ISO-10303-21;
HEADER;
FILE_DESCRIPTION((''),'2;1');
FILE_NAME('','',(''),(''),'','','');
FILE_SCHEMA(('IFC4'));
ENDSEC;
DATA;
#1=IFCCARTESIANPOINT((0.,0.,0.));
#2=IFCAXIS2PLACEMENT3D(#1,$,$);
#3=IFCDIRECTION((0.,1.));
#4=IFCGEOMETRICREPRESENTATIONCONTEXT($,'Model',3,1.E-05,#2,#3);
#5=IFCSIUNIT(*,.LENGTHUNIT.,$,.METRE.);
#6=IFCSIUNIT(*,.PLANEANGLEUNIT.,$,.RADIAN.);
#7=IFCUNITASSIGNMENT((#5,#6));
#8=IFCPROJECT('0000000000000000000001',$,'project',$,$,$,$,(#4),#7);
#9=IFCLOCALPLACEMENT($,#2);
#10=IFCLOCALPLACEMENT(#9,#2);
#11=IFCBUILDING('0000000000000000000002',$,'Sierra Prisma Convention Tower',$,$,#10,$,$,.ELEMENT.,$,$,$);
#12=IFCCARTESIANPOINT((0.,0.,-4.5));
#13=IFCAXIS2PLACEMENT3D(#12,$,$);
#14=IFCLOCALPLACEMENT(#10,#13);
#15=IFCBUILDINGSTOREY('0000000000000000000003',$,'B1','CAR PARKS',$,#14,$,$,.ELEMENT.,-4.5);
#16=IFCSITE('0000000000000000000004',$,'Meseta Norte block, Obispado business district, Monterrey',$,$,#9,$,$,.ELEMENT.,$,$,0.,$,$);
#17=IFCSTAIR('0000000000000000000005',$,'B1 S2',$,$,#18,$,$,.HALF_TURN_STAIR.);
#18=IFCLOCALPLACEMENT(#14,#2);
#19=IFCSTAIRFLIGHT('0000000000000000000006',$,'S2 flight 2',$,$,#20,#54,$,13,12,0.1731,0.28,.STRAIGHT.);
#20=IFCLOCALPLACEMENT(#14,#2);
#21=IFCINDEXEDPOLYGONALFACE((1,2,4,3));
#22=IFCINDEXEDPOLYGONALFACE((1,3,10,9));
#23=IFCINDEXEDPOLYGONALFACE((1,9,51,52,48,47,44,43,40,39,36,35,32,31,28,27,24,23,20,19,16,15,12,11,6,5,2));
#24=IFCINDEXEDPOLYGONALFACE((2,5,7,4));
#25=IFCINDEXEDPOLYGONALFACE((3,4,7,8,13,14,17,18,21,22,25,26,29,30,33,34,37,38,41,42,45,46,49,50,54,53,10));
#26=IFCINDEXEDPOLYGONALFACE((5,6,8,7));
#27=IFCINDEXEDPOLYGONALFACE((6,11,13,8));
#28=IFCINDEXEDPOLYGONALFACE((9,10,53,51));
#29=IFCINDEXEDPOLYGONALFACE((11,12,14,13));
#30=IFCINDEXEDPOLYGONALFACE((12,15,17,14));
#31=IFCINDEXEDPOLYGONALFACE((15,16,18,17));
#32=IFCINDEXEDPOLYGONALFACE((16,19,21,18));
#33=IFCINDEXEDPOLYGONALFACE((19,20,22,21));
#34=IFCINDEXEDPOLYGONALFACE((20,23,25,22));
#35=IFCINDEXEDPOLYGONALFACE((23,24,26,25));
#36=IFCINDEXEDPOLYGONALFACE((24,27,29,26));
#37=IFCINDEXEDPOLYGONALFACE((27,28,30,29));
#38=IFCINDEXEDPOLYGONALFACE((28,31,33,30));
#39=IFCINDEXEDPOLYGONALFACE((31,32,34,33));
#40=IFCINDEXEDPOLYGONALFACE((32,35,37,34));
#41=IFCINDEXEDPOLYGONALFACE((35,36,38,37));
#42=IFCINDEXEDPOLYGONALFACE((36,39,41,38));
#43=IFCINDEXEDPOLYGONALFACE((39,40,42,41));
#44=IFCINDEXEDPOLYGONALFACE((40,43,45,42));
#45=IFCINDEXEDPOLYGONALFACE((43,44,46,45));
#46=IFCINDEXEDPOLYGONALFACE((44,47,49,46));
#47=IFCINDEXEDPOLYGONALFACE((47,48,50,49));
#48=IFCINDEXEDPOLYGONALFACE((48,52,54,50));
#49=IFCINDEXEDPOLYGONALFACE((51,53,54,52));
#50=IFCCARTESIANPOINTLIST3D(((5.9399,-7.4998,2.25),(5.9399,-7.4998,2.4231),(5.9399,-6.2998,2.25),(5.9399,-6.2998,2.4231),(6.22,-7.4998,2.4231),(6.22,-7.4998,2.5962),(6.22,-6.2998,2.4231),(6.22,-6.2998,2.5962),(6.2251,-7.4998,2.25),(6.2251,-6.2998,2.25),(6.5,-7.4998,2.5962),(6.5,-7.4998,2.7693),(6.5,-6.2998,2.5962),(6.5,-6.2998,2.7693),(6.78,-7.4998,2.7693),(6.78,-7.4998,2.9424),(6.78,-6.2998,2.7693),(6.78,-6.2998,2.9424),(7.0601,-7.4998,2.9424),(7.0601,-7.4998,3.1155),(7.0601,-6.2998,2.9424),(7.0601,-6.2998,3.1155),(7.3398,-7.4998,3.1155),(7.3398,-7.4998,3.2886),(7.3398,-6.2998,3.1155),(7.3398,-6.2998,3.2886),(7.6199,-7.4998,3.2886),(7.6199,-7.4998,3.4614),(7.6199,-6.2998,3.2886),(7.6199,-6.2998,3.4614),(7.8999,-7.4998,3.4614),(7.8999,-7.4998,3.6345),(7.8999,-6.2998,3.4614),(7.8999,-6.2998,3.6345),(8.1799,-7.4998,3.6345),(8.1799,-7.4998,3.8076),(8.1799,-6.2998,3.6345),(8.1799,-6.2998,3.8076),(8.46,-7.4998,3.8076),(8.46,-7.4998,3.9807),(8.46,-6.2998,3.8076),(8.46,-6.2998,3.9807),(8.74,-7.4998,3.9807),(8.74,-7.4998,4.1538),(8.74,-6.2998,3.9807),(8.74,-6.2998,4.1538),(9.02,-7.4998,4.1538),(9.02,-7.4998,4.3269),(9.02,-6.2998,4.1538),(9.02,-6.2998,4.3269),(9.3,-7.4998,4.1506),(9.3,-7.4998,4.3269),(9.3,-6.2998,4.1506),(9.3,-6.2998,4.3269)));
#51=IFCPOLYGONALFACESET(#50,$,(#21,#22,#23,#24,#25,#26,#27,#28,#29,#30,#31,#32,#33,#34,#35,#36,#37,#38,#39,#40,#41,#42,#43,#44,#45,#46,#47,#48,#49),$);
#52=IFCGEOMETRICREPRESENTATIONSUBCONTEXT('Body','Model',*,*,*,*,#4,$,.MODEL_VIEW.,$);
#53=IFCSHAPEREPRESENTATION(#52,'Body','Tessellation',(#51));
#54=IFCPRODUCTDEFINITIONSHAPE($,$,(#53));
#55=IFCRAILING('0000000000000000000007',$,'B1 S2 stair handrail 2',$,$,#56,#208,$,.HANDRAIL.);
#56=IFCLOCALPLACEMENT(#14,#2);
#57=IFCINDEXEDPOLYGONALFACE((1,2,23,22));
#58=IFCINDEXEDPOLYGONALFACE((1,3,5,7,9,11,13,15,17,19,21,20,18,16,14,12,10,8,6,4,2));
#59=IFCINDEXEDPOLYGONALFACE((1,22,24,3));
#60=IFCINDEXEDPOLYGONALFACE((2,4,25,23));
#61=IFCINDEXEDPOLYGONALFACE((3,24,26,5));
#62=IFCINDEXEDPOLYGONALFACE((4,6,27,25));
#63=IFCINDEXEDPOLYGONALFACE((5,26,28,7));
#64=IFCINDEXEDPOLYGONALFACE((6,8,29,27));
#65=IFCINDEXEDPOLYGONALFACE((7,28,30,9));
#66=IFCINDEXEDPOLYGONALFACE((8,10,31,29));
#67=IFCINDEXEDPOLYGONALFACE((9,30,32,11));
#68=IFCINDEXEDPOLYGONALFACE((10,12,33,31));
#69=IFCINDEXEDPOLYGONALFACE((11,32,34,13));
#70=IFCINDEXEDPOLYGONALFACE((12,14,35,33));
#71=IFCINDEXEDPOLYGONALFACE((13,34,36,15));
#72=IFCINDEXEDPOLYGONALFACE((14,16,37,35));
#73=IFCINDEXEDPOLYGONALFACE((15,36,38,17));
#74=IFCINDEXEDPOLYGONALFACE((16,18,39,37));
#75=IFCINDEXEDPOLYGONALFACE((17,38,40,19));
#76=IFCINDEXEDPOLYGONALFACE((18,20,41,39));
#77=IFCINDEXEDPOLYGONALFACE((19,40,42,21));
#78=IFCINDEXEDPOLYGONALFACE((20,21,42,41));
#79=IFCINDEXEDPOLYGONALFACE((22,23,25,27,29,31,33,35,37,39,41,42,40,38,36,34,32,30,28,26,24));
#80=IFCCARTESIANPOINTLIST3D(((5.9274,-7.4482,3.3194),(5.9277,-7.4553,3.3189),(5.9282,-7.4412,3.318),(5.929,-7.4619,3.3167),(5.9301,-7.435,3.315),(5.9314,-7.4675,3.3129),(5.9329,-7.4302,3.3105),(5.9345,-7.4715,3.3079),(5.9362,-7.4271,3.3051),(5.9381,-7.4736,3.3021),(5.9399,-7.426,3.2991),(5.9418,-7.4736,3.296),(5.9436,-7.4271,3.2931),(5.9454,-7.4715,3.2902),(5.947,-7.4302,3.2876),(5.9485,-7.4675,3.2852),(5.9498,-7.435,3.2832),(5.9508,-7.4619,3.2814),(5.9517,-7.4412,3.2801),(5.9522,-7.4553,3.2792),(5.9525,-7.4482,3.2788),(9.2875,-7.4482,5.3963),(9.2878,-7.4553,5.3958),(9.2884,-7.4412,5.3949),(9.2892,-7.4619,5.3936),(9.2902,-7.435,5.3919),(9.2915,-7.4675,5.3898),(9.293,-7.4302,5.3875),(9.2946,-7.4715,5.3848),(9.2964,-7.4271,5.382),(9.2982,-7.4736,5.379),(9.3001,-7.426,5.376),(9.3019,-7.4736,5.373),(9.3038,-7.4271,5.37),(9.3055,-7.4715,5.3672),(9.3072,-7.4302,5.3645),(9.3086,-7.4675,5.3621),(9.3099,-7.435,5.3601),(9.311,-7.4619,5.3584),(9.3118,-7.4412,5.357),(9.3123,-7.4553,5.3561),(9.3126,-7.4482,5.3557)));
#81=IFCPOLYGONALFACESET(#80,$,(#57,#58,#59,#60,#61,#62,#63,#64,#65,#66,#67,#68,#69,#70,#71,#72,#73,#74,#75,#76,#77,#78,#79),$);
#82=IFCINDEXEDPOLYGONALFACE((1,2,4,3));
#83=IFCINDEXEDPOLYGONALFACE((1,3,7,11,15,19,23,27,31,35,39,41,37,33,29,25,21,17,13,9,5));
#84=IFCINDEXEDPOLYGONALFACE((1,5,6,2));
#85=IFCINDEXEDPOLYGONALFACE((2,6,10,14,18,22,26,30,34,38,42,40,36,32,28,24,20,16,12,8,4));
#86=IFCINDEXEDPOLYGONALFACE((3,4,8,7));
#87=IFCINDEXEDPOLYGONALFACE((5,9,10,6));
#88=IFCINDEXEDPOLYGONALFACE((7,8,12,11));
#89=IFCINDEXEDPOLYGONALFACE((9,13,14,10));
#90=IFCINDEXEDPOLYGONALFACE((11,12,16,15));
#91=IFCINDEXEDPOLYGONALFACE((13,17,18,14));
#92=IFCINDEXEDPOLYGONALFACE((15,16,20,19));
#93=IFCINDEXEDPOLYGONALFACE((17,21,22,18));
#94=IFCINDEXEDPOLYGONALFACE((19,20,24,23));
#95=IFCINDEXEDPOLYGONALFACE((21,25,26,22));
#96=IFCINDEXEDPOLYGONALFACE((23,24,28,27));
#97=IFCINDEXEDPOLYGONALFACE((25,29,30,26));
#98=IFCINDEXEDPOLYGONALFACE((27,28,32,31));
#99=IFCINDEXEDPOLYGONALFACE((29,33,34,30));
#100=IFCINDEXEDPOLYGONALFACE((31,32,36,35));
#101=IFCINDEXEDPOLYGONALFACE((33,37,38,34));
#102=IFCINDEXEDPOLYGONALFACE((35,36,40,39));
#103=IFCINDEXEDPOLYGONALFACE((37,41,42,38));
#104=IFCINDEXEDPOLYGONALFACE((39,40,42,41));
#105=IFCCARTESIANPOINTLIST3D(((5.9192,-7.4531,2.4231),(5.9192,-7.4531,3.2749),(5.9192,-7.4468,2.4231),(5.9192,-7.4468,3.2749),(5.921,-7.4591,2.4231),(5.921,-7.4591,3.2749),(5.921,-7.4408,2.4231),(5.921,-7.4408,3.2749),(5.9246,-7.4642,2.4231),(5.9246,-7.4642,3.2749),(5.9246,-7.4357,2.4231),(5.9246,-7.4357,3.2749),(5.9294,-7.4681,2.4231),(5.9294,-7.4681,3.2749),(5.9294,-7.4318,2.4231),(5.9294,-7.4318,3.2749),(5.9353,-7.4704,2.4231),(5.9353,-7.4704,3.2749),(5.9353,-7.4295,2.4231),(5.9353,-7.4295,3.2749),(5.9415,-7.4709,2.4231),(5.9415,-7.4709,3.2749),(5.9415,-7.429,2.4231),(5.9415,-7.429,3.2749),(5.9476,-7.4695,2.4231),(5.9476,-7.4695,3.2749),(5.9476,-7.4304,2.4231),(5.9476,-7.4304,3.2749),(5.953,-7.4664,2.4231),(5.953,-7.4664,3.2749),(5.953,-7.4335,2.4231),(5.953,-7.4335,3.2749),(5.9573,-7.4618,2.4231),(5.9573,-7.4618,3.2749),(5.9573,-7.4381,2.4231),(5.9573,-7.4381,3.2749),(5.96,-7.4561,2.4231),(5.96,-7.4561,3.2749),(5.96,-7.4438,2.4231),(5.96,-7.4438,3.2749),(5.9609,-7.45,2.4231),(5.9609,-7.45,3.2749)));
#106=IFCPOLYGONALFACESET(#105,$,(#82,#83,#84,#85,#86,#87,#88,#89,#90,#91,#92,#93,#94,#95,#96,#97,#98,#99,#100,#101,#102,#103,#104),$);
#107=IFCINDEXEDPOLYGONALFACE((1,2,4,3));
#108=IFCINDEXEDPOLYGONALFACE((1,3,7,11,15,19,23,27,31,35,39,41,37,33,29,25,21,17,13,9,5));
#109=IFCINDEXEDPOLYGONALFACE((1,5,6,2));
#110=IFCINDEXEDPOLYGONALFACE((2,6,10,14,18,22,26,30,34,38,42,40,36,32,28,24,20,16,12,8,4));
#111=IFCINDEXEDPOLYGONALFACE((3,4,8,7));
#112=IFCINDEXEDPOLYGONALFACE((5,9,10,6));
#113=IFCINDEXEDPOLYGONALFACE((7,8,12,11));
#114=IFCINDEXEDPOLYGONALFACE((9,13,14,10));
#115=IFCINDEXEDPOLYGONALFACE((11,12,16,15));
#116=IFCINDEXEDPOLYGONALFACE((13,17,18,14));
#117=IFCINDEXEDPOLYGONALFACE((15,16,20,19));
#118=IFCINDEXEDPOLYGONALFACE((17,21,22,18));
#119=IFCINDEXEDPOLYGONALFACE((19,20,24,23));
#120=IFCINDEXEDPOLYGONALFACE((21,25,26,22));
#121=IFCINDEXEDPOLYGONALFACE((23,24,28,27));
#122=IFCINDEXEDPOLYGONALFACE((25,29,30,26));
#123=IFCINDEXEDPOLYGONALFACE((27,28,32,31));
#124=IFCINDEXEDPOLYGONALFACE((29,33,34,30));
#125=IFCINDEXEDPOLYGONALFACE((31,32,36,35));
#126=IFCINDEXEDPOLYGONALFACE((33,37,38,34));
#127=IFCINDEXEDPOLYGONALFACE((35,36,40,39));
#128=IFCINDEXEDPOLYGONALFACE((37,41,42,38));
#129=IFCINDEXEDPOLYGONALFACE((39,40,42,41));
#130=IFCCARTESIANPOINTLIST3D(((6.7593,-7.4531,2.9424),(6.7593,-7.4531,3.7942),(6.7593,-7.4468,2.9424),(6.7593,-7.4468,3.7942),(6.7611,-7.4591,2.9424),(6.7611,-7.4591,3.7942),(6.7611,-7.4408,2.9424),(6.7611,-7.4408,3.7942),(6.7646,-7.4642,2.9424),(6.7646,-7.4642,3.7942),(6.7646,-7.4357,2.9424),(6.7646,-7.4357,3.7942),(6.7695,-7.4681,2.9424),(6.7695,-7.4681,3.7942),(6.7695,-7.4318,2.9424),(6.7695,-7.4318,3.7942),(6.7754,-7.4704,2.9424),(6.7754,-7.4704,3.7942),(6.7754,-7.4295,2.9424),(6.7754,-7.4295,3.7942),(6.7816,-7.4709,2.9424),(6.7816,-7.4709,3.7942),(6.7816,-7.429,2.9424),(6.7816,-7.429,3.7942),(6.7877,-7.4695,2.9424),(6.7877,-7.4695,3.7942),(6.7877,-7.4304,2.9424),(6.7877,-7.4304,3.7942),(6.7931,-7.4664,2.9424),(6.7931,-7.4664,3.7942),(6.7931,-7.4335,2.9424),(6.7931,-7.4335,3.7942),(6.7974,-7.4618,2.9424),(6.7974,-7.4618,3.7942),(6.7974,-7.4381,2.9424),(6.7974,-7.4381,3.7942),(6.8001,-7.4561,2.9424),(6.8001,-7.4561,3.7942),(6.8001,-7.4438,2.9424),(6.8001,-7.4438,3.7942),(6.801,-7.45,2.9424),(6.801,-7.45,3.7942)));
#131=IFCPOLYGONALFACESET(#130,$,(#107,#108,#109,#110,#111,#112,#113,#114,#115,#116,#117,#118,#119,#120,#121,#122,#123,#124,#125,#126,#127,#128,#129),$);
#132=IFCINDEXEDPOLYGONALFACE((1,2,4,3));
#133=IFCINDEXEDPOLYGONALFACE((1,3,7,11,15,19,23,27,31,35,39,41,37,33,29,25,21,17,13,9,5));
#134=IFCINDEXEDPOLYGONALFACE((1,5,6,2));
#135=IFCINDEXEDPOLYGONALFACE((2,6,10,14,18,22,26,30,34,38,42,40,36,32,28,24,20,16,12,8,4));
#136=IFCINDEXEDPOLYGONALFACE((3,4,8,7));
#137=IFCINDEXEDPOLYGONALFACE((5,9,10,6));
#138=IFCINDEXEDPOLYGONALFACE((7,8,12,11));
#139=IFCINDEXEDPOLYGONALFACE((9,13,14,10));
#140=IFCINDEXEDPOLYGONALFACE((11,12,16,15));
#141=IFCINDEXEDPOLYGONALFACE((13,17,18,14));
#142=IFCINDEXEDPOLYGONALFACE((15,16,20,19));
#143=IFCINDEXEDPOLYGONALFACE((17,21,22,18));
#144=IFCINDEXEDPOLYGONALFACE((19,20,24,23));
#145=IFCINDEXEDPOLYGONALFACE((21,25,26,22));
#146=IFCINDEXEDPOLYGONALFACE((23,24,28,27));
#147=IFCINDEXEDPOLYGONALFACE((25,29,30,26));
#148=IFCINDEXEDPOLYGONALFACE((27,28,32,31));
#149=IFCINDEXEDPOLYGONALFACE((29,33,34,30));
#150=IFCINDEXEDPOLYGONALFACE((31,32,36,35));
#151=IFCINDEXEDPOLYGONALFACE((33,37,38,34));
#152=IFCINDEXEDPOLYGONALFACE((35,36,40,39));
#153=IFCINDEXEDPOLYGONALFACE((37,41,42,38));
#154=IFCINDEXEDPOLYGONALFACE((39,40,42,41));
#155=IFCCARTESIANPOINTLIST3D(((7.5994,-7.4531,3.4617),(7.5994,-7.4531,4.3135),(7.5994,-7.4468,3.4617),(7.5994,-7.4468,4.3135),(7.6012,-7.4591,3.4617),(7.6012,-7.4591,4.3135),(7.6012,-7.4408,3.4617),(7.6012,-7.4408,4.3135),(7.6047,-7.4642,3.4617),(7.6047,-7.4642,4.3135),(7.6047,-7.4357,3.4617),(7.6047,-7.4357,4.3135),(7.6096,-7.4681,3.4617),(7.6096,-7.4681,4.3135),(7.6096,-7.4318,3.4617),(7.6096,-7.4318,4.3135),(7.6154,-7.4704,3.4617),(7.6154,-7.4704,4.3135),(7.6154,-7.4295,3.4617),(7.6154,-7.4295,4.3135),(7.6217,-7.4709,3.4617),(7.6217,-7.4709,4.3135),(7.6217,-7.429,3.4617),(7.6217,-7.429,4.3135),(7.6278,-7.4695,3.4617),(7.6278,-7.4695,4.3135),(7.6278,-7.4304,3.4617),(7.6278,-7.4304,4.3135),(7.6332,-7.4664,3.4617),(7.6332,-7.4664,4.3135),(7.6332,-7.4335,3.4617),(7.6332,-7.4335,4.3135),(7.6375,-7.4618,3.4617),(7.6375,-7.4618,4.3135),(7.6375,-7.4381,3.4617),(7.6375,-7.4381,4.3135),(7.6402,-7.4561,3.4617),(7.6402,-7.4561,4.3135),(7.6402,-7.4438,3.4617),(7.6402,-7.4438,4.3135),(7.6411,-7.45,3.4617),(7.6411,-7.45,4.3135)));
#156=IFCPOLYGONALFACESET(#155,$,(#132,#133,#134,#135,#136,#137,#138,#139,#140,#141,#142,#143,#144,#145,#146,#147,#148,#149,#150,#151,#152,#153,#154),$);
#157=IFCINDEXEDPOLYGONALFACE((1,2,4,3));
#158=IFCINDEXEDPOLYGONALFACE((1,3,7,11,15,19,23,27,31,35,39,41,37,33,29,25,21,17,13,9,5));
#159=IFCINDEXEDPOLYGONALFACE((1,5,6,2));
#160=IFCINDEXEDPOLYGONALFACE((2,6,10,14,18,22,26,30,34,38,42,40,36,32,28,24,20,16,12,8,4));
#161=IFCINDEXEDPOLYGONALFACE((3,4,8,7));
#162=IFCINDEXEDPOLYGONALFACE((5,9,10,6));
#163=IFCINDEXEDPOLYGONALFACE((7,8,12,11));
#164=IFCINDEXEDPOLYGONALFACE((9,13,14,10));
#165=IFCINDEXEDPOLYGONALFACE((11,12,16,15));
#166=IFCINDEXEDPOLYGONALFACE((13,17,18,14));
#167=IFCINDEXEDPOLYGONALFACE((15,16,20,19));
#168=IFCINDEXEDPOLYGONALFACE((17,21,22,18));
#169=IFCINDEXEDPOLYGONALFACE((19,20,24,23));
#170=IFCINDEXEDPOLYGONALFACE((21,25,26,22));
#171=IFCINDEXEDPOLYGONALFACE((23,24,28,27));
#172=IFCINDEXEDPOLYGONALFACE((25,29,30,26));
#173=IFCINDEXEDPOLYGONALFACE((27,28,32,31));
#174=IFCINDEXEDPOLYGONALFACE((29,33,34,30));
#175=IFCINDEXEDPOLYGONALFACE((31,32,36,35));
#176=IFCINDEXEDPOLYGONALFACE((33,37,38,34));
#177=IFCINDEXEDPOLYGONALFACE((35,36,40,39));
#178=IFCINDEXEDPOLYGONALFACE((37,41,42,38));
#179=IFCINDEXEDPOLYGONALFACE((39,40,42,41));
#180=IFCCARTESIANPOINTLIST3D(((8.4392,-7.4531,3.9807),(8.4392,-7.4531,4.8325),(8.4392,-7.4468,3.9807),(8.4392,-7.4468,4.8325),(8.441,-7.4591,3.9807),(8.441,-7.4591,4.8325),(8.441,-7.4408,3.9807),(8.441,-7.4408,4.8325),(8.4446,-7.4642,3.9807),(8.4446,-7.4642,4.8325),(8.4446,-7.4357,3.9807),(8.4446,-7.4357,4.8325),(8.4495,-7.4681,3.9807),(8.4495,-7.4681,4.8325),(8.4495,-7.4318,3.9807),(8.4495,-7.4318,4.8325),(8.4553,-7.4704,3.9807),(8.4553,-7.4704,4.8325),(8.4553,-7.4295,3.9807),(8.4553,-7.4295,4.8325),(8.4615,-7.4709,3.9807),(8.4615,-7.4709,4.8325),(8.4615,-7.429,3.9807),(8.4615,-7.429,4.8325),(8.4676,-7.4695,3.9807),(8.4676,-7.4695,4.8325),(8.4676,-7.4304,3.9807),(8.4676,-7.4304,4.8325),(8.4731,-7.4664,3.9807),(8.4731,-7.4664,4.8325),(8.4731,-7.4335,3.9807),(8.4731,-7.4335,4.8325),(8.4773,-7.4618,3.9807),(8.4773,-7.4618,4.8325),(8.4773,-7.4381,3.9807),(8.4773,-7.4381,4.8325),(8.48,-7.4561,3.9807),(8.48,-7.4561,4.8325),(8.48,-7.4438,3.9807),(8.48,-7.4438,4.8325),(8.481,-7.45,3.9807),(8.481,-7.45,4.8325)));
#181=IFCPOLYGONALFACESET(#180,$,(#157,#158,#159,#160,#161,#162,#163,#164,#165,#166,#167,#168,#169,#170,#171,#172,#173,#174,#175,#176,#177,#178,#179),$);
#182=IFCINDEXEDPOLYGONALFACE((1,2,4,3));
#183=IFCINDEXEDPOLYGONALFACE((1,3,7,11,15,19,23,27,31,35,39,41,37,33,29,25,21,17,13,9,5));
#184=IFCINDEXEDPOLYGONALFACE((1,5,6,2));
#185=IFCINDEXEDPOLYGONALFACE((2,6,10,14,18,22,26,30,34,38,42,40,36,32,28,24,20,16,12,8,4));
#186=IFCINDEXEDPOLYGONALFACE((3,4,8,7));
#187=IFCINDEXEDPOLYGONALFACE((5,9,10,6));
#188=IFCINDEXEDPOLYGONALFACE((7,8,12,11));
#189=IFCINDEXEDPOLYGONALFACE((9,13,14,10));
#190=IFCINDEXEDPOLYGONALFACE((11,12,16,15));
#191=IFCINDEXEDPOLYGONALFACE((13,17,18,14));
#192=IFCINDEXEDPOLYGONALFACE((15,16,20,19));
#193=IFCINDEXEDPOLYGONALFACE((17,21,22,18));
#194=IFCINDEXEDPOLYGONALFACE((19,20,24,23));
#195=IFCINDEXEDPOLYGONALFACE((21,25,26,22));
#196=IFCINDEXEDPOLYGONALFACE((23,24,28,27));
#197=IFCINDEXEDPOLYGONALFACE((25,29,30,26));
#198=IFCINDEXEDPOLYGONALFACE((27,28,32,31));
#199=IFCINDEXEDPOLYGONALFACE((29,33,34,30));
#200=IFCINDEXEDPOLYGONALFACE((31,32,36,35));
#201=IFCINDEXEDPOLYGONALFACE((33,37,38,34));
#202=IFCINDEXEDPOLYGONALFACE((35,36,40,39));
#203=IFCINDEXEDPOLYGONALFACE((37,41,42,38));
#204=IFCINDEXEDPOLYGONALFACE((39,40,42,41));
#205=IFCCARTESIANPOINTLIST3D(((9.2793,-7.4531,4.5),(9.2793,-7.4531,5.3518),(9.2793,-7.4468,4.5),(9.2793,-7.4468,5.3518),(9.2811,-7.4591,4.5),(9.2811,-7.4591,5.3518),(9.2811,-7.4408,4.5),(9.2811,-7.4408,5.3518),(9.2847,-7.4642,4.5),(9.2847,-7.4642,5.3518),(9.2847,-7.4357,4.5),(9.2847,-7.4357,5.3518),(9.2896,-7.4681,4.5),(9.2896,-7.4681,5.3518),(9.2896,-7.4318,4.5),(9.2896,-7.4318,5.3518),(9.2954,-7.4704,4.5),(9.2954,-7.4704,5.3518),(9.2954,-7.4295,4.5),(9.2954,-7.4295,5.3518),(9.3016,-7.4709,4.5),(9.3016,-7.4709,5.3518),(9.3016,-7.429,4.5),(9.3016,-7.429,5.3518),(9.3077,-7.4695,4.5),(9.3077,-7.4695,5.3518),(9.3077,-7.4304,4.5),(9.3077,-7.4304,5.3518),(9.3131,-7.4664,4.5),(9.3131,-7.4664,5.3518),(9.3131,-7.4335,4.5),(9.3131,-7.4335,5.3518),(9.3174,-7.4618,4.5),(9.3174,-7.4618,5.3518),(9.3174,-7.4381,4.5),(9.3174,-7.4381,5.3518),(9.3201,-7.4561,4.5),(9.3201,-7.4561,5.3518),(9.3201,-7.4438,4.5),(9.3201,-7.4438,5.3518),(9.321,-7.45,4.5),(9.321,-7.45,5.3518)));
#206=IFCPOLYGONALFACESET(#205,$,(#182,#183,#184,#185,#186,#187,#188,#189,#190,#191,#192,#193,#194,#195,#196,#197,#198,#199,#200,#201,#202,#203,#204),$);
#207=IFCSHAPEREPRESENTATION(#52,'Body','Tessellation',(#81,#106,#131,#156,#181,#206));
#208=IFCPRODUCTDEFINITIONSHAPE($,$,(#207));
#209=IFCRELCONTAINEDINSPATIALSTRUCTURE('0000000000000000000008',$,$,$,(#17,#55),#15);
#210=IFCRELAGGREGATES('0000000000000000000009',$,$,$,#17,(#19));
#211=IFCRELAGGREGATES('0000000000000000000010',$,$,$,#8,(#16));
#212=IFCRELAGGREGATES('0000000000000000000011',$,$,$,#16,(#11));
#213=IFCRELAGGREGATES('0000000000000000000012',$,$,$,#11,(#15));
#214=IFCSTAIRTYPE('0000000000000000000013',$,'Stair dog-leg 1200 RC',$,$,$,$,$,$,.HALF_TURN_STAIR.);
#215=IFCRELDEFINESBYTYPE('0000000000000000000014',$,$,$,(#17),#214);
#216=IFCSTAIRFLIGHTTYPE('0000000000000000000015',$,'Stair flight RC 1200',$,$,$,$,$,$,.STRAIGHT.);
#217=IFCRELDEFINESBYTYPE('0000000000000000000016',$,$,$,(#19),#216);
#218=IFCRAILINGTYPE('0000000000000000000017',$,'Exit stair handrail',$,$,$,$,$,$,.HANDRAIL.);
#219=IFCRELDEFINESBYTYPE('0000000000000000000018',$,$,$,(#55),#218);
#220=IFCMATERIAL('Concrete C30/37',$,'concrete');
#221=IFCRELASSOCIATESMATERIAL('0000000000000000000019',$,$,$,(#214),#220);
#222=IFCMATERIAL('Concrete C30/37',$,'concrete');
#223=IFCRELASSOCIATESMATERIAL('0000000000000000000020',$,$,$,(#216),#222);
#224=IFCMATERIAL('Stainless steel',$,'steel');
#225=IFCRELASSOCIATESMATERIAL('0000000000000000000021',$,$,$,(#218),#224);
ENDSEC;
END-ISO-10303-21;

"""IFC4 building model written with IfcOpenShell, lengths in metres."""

from ifc_helpers import new_model, si_unit, direction, frame, origin, origin_2d, place, context, subcontext, project, spatial, polyline, circle, outline, extrude, material, type_object, element, aggregate, save


model = new_model("IFC4")

# Units and contexts
model_context = context("Model", 3, precision=1e-05, world=origin(), true_north=direction((0.0, 1.0)))
body_context = subcontext(model_context, "Body", "Model", "MODEL_VIEW")
ifc_project = project(units=[si_unit("LENGTHUNIT", "METRE"), si_unit("PLANEANGLEUNIT", "RADIAN")], contexts=[model_context])

# Site, building, storey
site_placement = place(None, origin())
site = spatial("IfcSite", under=ifc_project, at=site_placement, Name="Meseta Norte block, Obispado business district, Monterrey", CompositionType="ELEMENT", RefElevation=0.0)
building_placement = place(site_placement, origin())
building = spatial("IfcBuilding", under=site, at=building_placement, Name="Sierra Prisma Convention Tower", CompositionType="ELEMENT")
storey_placement = place(building_placement, frame((0.0, 0.0, -4.5)))
storey = spatial("IfcBuildingStorey", under=building, at=storey_placement, Name="B1", Description="CAR PARKS", CompositionType="ELEMENT", Elevation=-4.5)

# Shared definitions
ifc_material_1 = material(Name="Concrete C30/37", Category="concrete")
stair_type = type_object("IfcStairType", Name="Stair dog-leg 1200 RC", PredefinedType="HALF_TURN_STAIR", material=ifc_material_1)

# Stair, stair flight
stair_1_placement = place(storey_placement, origin())
stair_1 = element("IfcStair", 1, at=stair_1_placement, inside=storey, type_object=stair_type, Name="B1 S2", PredefinedType="HALF_TURN_STAIR")
ifc_material_2 = material(Name="Concrete C30/37", Category="concrete")
stair_flight_type = type_object("IfcStairFlightType", Name="Stair flight RC 1200", PredefinedType="STRAIGHT", material=ifc_material_2)
stair_flight_placement = place(storey_placement, frame((5.9399, -6.8999, 2.25), z_axis=(0.0, 0.0, 1.0), x_axis=(1.0, 0.0, 0.0)))
stair_flight = element("IfcStairFlight", 2, at=stair_flight_placement, type_object=stair_flight_type, Name="S2 flight 2", NumberOfRisers=13, NumberOfTreads=12, PredefinedType="STRAIGHT", RiserHeight=0.1731, TreadLength=0.28, context=body_context, shape_type="SweptSolid", body=[
    extrude(outline(polyline([(0.0, 0.0), (0.0, 0.1731), (0.28, 0.1731), (0.28, 0.3462), (0.5601, 0.3462), (0.5601, 0.5193), (0.8401, 0.5193), (0.8401, 0.6924), (1.1201, 0.6924), (1.1201, 0.8655), (1.3999, 0.8655), (1.3999, 1.0386), (1.6799, 1.0386), (1.6799, 1.2114), (1.96, 1.2114), (1.96, 1.3845), (2.24, 1.3845), (2.24, 1.5576), (2.52, 1.5576), (2.52, 1.7307), (2.8, 1.7307), (2.8, 1.9038), (3.0801, 1.9038), (3.0801, 2.0769), (3.3601, 2.0769), (3.3601, 2.25), (3.3601, 1.9006), (0.2852, 0.0), (0.0, 0.0)])), frame((0.0, 0.6001, 0.0), z_axis=(0.0, -1.0, 0.0), x_axis=(1.0, 0.0, 0.0)), (0.0, 0.0, 1.0), 1.2),
])
aggregate(stair_1, [stair_flight])

# Railing
ifc_material_3 = material(Name="Stainless steel", Category="steel")
railing_type_1 = type_object("IfcRailingType", Name="Exit stair handrail", PredefinedType="HANDRAIL", material=ifc_material_3)
railing_1_placement = place(storey_placement, frame((5.9399, -7.45, 2.4231)))
element("IfcRailing", 3, at=railing_1_placement, inside=storey, type_object=railing_type_1, Name="B1 S2 stair handrail 2", PredefinedType="HANDRAIL", context=body_context, shape_type="SweptSolid", body=[
    extrude(circle(Radius=0.0239, at=origin_2d()), frame((0.0, 0.0, 0.876), z_axis=(0.850623, 0.0, 0.525776), x_axis=(0.0, 1.0, 0.0)), (0.0, 0.0, 1.0), 3.9502),
    extrude(circle(Radius=0.021, at=origin_2d()), origin(), (0.0, 0.0, 1.0), 0.8518),
    extrude(circle(Radius=0.021, at=origin_2d()), frame((0.8401, 0.0, 0.5193)), (0.0, 0.0, 1.0), 0.8518),
    extrude(circle(Radius=0.021, at=origin_2d()), frame((1.6802, 0.0, 1.0386)), (0.0, 0.0, 1.0), 0.8518),
    extrude(circle(Radius=0.021, at=origin_2d()), frame((2.52, 0.0, 1.5576)), (0.0, 0.0, 1.0), 0.8518),
    extrude(circle(Radius=0.021, at=origin_2d()), frame((3.3601, 0.0, 2.0769)), (0.0, 0.0, 1.0), 0.8518),
])

save(model, "model.ifc")
